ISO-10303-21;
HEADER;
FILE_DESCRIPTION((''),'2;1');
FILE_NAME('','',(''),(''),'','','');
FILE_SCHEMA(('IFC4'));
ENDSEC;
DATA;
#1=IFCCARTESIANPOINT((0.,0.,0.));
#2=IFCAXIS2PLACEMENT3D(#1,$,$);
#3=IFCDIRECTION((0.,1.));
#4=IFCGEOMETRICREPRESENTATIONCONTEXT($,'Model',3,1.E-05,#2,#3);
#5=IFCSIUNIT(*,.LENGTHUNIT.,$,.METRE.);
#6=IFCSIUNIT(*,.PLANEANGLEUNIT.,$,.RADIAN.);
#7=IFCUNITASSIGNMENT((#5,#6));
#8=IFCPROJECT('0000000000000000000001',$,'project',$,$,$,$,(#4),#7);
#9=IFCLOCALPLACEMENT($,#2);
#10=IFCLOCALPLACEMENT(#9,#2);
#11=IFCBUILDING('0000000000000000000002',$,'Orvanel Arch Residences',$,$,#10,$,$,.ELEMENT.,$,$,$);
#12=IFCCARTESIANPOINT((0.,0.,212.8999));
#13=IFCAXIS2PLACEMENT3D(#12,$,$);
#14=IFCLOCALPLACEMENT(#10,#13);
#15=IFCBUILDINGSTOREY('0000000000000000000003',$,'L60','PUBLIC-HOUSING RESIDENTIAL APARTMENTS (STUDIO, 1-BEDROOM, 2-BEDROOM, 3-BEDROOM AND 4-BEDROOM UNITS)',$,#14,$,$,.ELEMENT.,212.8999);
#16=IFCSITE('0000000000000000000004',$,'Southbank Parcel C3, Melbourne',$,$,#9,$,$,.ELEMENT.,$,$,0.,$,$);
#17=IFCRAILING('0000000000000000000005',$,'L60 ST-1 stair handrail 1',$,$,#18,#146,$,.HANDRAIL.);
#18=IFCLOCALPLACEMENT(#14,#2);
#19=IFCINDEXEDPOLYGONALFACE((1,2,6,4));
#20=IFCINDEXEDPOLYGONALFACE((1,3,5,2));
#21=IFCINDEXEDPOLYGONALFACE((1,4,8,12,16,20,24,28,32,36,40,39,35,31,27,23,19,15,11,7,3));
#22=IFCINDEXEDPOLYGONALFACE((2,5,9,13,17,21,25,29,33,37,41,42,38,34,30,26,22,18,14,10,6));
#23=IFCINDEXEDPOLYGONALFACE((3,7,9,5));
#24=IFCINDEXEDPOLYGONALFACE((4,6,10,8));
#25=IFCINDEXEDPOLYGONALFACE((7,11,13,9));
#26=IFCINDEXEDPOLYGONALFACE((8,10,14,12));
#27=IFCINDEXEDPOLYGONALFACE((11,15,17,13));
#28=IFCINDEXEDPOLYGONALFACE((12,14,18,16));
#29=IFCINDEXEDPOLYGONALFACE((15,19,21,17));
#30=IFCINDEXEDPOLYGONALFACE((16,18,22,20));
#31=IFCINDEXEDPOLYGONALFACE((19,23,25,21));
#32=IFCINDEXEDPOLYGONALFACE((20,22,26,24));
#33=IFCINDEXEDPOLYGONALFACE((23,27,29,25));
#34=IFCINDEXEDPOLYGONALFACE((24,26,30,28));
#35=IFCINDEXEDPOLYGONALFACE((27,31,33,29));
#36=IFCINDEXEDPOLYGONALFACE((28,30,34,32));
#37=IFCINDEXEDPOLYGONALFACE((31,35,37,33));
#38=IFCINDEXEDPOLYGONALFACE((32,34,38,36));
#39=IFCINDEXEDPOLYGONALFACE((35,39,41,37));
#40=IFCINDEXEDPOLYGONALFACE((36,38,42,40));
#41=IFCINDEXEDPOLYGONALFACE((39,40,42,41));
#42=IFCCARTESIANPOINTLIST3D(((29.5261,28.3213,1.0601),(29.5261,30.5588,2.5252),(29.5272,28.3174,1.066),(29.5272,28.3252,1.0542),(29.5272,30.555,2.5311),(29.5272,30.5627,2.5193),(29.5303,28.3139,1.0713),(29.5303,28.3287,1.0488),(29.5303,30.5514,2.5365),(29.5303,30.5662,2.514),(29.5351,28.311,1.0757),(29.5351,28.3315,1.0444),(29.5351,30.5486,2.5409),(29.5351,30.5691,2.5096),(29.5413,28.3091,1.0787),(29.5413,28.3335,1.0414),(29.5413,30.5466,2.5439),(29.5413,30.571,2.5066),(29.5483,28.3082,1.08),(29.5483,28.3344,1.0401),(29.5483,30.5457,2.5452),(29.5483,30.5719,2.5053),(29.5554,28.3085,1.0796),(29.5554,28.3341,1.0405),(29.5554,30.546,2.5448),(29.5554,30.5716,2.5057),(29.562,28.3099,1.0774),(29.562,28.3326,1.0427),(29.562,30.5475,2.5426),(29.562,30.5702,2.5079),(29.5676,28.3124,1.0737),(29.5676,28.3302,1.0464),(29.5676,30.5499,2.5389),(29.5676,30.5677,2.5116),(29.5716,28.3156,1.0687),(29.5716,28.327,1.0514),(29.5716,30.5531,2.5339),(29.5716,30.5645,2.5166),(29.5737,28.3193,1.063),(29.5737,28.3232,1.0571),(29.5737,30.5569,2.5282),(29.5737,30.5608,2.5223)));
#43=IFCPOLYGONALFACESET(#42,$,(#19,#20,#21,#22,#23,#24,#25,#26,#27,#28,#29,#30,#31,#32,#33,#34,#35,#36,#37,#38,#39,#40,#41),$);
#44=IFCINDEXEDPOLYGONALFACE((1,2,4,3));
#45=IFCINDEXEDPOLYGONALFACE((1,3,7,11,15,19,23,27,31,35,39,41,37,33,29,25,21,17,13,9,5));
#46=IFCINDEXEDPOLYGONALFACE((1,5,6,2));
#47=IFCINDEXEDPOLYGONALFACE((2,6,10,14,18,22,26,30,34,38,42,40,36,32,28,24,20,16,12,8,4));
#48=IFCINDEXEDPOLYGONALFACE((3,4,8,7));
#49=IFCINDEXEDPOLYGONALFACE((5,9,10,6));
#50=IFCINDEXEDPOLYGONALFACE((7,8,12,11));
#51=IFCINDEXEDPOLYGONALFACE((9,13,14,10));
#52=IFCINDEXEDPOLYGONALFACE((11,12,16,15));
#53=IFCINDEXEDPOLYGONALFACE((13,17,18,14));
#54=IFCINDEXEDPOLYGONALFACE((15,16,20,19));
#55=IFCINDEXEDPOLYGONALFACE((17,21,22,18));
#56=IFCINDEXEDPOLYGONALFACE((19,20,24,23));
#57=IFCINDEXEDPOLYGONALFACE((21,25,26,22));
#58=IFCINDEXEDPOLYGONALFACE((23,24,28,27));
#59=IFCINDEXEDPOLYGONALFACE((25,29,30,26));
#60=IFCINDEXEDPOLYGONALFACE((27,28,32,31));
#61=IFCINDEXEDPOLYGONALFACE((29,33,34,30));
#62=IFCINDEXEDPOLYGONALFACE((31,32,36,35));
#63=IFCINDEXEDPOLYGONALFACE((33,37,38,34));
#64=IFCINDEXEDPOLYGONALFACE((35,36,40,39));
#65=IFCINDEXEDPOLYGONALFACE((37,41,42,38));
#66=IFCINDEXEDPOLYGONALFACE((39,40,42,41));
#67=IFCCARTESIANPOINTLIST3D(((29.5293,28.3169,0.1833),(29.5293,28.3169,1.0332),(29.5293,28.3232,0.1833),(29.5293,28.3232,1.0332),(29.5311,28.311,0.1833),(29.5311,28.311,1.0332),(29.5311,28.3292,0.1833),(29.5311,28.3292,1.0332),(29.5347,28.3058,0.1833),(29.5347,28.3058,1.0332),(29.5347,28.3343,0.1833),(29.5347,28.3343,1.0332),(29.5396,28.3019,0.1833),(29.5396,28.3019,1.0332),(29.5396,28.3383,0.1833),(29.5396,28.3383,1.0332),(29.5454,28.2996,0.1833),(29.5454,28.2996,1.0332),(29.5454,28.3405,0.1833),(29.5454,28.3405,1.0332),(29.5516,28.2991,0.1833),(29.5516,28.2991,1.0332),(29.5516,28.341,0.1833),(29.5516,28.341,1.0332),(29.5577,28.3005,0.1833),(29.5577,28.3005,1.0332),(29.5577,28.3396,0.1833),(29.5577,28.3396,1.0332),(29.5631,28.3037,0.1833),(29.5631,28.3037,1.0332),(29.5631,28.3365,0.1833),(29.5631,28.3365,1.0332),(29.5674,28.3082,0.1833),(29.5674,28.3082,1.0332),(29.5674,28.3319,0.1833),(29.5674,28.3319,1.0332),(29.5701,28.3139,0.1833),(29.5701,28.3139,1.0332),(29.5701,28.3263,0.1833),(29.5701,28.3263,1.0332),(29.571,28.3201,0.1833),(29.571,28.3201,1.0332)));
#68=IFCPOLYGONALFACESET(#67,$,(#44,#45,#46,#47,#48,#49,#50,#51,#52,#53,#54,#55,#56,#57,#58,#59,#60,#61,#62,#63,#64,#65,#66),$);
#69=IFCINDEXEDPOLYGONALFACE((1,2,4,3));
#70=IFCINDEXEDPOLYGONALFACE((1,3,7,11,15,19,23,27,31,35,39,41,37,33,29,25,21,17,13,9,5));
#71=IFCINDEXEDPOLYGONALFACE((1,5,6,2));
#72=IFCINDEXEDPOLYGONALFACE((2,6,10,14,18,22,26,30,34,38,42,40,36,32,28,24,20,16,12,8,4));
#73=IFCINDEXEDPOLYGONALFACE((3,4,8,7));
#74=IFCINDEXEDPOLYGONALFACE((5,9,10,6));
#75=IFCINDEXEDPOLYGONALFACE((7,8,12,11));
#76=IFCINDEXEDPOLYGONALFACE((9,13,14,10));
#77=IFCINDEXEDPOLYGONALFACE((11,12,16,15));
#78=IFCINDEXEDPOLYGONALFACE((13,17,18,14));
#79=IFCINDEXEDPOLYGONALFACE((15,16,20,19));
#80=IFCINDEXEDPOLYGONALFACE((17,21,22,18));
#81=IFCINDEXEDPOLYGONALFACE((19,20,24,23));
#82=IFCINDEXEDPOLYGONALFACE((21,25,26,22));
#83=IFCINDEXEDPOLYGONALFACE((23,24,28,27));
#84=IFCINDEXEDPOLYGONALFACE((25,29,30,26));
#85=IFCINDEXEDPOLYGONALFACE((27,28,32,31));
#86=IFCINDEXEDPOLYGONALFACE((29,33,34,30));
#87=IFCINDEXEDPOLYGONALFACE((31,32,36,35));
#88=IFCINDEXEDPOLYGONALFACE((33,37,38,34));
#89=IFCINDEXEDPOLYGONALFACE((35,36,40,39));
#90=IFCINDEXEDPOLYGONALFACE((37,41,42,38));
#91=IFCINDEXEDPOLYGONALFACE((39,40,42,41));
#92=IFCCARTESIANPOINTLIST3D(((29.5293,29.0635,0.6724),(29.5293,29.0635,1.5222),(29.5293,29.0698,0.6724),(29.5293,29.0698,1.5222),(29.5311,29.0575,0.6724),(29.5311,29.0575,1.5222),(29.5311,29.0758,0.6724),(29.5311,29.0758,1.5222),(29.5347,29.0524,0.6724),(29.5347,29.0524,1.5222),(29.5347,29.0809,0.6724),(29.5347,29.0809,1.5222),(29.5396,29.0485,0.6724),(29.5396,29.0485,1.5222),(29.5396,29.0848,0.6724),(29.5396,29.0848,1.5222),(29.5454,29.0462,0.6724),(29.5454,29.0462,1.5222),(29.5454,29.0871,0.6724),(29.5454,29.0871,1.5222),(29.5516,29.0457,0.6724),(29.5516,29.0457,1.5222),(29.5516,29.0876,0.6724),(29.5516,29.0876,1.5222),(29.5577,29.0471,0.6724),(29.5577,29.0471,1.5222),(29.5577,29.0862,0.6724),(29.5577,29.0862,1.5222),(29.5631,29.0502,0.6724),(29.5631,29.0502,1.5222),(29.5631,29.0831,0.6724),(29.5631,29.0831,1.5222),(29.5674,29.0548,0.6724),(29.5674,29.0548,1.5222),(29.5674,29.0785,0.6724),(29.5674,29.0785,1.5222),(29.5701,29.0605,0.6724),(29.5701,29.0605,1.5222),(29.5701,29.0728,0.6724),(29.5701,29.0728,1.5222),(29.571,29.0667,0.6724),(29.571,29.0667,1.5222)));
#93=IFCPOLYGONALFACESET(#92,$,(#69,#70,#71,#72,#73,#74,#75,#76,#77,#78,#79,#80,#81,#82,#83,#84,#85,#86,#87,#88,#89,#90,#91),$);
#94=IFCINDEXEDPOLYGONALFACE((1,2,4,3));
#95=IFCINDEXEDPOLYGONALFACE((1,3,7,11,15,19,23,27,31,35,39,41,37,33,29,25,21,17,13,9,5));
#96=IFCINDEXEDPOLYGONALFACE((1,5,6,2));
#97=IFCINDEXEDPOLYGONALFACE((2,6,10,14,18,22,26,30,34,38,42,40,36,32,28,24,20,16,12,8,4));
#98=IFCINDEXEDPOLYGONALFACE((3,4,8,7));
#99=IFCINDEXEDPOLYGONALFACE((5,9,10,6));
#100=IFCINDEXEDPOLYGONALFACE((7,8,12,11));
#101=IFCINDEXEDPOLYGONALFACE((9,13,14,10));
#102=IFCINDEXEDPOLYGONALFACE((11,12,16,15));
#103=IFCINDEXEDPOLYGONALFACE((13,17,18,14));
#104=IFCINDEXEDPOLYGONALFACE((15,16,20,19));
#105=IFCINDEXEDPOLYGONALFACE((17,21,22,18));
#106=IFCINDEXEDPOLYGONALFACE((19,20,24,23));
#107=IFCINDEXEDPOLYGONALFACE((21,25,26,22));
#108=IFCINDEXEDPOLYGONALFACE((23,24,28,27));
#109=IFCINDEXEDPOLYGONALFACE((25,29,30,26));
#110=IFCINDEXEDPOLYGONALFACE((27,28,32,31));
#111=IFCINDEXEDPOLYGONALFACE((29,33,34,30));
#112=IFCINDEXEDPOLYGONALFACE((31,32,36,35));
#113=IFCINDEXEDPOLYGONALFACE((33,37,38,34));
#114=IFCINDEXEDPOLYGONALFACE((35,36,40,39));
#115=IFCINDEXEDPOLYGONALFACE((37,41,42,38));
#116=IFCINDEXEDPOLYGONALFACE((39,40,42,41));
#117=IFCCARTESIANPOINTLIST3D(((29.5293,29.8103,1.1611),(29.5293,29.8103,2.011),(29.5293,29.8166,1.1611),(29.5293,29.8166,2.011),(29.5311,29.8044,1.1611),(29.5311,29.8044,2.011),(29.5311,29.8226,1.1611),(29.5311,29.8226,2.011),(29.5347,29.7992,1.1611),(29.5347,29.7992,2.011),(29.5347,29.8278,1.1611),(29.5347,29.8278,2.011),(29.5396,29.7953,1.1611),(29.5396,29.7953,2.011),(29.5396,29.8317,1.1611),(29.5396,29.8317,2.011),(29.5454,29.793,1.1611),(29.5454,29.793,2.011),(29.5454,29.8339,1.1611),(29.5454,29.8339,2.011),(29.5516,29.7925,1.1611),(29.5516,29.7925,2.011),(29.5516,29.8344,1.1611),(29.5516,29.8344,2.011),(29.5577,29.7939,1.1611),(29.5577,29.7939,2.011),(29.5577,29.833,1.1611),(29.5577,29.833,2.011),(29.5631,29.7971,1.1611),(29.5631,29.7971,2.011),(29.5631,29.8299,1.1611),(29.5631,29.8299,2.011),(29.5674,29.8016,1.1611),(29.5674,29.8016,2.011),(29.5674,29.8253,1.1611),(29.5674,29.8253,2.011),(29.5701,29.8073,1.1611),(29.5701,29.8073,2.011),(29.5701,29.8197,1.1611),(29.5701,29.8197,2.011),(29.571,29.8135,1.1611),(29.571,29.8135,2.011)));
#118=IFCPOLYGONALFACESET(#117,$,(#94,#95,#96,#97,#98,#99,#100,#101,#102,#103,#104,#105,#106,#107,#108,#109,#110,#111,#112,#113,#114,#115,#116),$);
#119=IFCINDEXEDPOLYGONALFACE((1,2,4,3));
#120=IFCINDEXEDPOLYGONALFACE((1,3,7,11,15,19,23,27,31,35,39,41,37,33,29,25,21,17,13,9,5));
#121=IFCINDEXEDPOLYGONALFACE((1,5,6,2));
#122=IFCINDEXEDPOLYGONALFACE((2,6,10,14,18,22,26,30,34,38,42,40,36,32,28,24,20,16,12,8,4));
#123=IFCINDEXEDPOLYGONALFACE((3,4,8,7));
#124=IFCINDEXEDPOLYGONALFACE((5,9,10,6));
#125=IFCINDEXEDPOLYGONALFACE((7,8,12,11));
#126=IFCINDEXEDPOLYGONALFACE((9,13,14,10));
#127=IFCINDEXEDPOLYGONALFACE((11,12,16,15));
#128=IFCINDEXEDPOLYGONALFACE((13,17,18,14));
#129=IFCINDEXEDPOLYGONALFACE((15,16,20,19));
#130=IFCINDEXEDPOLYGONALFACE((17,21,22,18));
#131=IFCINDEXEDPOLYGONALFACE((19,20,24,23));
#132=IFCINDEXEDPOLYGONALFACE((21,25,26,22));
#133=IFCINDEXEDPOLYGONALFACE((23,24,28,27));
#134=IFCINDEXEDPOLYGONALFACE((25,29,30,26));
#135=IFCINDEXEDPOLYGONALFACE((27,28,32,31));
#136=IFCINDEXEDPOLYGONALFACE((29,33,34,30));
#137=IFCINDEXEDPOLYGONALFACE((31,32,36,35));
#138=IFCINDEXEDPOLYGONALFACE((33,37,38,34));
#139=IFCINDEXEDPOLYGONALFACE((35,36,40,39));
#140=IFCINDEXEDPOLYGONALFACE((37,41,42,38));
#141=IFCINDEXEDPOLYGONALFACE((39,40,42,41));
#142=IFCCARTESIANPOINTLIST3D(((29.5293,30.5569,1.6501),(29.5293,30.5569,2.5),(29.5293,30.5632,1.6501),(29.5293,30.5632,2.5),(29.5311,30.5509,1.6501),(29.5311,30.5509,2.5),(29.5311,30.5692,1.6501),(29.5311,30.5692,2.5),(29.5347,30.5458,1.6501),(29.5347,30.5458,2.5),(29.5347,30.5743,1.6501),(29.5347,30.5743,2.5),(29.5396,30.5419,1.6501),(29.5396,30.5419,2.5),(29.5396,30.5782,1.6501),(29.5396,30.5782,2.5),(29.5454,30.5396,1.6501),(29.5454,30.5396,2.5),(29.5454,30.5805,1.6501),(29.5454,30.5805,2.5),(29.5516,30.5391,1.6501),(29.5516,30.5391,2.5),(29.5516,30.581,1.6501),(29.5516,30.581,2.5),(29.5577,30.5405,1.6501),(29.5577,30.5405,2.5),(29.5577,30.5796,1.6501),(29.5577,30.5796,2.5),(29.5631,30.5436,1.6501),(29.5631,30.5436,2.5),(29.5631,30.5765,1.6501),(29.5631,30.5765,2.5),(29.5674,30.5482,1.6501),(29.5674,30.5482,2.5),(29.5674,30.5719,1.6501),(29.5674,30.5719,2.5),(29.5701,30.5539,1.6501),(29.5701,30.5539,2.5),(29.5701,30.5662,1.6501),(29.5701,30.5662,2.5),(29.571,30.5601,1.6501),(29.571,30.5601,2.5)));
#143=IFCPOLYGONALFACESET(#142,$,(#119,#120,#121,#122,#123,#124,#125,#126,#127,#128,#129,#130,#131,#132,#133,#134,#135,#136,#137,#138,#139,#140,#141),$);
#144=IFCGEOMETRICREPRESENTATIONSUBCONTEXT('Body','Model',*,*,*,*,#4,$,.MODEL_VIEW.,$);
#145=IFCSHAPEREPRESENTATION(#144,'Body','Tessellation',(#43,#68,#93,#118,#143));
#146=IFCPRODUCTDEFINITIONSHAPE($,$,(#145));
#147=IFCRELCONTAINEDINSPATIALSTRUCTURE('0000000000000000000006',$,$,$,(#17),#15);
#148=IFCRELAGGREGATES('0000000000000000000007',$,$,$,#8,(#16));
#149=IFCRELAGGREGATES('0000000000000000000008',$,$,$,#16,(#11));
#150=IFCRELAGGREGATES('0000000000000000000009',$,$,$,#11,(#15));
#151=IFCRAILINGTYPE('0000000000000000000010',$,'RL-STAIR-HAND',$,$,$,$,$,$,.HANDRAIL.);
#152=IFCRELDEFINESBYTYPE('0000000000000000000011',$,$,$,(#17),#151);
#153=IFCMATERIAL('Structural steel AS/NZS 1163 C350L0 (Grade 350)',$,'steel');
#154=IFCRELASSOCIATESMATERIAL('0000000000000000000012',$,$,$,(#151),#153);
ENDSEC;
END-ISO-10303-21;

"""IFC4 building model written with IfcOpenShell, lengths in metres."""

from ifc_helpers import new_model, si_unit, direction, frame, origin, origin_2d, place, context, subcontext, project, spatial, circle, extrude, material, type_object, element, save


model = new_model("IFC4")

# Units and contexts
model_context = context("Model", 3, precision=1e-05, world=origin(), true_north=direction((0.0, 1.0)))
body_context = subcontext(model_context, "Body", "Model", "MODEL_VIEW")
ifc_project = project(units=[si_unit("LENGTHUNIT", "METRE"), si_unit("PLANEANGLEUNIT", "RADIAN")], contexts=[model_context])

# Site, building, storey
site_placement = place(None, origin())
site = spatial("IfcSite", under=ifc_project, at=site_placement, Name="Southbank Parcel C3, Melbourne", CompositionType="ELEMENT", RefElevation=0.0)
building_placement = place(site_placement, origin())
building = spatial("IfcBuilding", under=site, at=building_placement, Name="Orvanel Arch Residences", CompositionType="ELEMENT")
storey_placement = place(building_placement, frame((0.0, 0.0, 212.8999)))
storey = spatial("IfcBuildingStorey", under=building, at=storey_placement, Name="L60", Description="PUBLIC-HOUSING RESIDENTIAL APARTMENTS (STUDIO, 1-BEDROOM, 2-BEDROOM, 3-BEDROOM AND 4-BEDROOM UNITS)", CompositionType="ELEMENT", Elevation=212.8999)

# Railing
ifc_material_1 = material(Name="Structural steel AS/NZS 1163 C350L0 (Grade 350)", Category="steel")
railing_type_1 = type_object("IfcRailingType", Name="RL-STAIR-HAND", PredefinedType="HANDRAIL", material=ifc_material_1)
railing_1_placement = place(storey_placement, frame((29.55, 28.3201, 0.1833)))
element("IfcRailing", 1, at=railing_1_placement, inside=storey, type_object=railing_type_1, Name="L60 ST-1 stair handrail 1", PredefinedType="HANDRAIL", context=body_context, shape_type="SweptSolid", body=[
    extrude(circle(Radius=0.0239, at=origin_2d()), frame((0.0, 0.0012, 0.8767), z_axis=(0.0, 0.836595, 0.547822), x_axis=(-1.0, 0.0, 0.0)), (0.0, 0.0, 1.0), 2.6746),
    extrude(circle(Radius=0.021, at=origin_2d()), origin(), (0.0, 0.0, 1.0), 0.8499),
    extrude(circle(Radius=0.021, at=origin_2d()), frame((0.0, 0.7466, 0.489)), (0.0, 0.0, 1.0), 0.8499),
    extrude(circle(Radius=0.021, at=origin_2d()), frame((0.0, 1.4934, 0.9778)), (0.0, 0.0, 1.0), 0.8499),
    extrude(circle(Radius=0.021, at=origin_2d()), frame((0.0, 2.24, 1.4668)), (0.0, 0.0, 1.0), 0.8499),
])

save(model, "model.ifc")
